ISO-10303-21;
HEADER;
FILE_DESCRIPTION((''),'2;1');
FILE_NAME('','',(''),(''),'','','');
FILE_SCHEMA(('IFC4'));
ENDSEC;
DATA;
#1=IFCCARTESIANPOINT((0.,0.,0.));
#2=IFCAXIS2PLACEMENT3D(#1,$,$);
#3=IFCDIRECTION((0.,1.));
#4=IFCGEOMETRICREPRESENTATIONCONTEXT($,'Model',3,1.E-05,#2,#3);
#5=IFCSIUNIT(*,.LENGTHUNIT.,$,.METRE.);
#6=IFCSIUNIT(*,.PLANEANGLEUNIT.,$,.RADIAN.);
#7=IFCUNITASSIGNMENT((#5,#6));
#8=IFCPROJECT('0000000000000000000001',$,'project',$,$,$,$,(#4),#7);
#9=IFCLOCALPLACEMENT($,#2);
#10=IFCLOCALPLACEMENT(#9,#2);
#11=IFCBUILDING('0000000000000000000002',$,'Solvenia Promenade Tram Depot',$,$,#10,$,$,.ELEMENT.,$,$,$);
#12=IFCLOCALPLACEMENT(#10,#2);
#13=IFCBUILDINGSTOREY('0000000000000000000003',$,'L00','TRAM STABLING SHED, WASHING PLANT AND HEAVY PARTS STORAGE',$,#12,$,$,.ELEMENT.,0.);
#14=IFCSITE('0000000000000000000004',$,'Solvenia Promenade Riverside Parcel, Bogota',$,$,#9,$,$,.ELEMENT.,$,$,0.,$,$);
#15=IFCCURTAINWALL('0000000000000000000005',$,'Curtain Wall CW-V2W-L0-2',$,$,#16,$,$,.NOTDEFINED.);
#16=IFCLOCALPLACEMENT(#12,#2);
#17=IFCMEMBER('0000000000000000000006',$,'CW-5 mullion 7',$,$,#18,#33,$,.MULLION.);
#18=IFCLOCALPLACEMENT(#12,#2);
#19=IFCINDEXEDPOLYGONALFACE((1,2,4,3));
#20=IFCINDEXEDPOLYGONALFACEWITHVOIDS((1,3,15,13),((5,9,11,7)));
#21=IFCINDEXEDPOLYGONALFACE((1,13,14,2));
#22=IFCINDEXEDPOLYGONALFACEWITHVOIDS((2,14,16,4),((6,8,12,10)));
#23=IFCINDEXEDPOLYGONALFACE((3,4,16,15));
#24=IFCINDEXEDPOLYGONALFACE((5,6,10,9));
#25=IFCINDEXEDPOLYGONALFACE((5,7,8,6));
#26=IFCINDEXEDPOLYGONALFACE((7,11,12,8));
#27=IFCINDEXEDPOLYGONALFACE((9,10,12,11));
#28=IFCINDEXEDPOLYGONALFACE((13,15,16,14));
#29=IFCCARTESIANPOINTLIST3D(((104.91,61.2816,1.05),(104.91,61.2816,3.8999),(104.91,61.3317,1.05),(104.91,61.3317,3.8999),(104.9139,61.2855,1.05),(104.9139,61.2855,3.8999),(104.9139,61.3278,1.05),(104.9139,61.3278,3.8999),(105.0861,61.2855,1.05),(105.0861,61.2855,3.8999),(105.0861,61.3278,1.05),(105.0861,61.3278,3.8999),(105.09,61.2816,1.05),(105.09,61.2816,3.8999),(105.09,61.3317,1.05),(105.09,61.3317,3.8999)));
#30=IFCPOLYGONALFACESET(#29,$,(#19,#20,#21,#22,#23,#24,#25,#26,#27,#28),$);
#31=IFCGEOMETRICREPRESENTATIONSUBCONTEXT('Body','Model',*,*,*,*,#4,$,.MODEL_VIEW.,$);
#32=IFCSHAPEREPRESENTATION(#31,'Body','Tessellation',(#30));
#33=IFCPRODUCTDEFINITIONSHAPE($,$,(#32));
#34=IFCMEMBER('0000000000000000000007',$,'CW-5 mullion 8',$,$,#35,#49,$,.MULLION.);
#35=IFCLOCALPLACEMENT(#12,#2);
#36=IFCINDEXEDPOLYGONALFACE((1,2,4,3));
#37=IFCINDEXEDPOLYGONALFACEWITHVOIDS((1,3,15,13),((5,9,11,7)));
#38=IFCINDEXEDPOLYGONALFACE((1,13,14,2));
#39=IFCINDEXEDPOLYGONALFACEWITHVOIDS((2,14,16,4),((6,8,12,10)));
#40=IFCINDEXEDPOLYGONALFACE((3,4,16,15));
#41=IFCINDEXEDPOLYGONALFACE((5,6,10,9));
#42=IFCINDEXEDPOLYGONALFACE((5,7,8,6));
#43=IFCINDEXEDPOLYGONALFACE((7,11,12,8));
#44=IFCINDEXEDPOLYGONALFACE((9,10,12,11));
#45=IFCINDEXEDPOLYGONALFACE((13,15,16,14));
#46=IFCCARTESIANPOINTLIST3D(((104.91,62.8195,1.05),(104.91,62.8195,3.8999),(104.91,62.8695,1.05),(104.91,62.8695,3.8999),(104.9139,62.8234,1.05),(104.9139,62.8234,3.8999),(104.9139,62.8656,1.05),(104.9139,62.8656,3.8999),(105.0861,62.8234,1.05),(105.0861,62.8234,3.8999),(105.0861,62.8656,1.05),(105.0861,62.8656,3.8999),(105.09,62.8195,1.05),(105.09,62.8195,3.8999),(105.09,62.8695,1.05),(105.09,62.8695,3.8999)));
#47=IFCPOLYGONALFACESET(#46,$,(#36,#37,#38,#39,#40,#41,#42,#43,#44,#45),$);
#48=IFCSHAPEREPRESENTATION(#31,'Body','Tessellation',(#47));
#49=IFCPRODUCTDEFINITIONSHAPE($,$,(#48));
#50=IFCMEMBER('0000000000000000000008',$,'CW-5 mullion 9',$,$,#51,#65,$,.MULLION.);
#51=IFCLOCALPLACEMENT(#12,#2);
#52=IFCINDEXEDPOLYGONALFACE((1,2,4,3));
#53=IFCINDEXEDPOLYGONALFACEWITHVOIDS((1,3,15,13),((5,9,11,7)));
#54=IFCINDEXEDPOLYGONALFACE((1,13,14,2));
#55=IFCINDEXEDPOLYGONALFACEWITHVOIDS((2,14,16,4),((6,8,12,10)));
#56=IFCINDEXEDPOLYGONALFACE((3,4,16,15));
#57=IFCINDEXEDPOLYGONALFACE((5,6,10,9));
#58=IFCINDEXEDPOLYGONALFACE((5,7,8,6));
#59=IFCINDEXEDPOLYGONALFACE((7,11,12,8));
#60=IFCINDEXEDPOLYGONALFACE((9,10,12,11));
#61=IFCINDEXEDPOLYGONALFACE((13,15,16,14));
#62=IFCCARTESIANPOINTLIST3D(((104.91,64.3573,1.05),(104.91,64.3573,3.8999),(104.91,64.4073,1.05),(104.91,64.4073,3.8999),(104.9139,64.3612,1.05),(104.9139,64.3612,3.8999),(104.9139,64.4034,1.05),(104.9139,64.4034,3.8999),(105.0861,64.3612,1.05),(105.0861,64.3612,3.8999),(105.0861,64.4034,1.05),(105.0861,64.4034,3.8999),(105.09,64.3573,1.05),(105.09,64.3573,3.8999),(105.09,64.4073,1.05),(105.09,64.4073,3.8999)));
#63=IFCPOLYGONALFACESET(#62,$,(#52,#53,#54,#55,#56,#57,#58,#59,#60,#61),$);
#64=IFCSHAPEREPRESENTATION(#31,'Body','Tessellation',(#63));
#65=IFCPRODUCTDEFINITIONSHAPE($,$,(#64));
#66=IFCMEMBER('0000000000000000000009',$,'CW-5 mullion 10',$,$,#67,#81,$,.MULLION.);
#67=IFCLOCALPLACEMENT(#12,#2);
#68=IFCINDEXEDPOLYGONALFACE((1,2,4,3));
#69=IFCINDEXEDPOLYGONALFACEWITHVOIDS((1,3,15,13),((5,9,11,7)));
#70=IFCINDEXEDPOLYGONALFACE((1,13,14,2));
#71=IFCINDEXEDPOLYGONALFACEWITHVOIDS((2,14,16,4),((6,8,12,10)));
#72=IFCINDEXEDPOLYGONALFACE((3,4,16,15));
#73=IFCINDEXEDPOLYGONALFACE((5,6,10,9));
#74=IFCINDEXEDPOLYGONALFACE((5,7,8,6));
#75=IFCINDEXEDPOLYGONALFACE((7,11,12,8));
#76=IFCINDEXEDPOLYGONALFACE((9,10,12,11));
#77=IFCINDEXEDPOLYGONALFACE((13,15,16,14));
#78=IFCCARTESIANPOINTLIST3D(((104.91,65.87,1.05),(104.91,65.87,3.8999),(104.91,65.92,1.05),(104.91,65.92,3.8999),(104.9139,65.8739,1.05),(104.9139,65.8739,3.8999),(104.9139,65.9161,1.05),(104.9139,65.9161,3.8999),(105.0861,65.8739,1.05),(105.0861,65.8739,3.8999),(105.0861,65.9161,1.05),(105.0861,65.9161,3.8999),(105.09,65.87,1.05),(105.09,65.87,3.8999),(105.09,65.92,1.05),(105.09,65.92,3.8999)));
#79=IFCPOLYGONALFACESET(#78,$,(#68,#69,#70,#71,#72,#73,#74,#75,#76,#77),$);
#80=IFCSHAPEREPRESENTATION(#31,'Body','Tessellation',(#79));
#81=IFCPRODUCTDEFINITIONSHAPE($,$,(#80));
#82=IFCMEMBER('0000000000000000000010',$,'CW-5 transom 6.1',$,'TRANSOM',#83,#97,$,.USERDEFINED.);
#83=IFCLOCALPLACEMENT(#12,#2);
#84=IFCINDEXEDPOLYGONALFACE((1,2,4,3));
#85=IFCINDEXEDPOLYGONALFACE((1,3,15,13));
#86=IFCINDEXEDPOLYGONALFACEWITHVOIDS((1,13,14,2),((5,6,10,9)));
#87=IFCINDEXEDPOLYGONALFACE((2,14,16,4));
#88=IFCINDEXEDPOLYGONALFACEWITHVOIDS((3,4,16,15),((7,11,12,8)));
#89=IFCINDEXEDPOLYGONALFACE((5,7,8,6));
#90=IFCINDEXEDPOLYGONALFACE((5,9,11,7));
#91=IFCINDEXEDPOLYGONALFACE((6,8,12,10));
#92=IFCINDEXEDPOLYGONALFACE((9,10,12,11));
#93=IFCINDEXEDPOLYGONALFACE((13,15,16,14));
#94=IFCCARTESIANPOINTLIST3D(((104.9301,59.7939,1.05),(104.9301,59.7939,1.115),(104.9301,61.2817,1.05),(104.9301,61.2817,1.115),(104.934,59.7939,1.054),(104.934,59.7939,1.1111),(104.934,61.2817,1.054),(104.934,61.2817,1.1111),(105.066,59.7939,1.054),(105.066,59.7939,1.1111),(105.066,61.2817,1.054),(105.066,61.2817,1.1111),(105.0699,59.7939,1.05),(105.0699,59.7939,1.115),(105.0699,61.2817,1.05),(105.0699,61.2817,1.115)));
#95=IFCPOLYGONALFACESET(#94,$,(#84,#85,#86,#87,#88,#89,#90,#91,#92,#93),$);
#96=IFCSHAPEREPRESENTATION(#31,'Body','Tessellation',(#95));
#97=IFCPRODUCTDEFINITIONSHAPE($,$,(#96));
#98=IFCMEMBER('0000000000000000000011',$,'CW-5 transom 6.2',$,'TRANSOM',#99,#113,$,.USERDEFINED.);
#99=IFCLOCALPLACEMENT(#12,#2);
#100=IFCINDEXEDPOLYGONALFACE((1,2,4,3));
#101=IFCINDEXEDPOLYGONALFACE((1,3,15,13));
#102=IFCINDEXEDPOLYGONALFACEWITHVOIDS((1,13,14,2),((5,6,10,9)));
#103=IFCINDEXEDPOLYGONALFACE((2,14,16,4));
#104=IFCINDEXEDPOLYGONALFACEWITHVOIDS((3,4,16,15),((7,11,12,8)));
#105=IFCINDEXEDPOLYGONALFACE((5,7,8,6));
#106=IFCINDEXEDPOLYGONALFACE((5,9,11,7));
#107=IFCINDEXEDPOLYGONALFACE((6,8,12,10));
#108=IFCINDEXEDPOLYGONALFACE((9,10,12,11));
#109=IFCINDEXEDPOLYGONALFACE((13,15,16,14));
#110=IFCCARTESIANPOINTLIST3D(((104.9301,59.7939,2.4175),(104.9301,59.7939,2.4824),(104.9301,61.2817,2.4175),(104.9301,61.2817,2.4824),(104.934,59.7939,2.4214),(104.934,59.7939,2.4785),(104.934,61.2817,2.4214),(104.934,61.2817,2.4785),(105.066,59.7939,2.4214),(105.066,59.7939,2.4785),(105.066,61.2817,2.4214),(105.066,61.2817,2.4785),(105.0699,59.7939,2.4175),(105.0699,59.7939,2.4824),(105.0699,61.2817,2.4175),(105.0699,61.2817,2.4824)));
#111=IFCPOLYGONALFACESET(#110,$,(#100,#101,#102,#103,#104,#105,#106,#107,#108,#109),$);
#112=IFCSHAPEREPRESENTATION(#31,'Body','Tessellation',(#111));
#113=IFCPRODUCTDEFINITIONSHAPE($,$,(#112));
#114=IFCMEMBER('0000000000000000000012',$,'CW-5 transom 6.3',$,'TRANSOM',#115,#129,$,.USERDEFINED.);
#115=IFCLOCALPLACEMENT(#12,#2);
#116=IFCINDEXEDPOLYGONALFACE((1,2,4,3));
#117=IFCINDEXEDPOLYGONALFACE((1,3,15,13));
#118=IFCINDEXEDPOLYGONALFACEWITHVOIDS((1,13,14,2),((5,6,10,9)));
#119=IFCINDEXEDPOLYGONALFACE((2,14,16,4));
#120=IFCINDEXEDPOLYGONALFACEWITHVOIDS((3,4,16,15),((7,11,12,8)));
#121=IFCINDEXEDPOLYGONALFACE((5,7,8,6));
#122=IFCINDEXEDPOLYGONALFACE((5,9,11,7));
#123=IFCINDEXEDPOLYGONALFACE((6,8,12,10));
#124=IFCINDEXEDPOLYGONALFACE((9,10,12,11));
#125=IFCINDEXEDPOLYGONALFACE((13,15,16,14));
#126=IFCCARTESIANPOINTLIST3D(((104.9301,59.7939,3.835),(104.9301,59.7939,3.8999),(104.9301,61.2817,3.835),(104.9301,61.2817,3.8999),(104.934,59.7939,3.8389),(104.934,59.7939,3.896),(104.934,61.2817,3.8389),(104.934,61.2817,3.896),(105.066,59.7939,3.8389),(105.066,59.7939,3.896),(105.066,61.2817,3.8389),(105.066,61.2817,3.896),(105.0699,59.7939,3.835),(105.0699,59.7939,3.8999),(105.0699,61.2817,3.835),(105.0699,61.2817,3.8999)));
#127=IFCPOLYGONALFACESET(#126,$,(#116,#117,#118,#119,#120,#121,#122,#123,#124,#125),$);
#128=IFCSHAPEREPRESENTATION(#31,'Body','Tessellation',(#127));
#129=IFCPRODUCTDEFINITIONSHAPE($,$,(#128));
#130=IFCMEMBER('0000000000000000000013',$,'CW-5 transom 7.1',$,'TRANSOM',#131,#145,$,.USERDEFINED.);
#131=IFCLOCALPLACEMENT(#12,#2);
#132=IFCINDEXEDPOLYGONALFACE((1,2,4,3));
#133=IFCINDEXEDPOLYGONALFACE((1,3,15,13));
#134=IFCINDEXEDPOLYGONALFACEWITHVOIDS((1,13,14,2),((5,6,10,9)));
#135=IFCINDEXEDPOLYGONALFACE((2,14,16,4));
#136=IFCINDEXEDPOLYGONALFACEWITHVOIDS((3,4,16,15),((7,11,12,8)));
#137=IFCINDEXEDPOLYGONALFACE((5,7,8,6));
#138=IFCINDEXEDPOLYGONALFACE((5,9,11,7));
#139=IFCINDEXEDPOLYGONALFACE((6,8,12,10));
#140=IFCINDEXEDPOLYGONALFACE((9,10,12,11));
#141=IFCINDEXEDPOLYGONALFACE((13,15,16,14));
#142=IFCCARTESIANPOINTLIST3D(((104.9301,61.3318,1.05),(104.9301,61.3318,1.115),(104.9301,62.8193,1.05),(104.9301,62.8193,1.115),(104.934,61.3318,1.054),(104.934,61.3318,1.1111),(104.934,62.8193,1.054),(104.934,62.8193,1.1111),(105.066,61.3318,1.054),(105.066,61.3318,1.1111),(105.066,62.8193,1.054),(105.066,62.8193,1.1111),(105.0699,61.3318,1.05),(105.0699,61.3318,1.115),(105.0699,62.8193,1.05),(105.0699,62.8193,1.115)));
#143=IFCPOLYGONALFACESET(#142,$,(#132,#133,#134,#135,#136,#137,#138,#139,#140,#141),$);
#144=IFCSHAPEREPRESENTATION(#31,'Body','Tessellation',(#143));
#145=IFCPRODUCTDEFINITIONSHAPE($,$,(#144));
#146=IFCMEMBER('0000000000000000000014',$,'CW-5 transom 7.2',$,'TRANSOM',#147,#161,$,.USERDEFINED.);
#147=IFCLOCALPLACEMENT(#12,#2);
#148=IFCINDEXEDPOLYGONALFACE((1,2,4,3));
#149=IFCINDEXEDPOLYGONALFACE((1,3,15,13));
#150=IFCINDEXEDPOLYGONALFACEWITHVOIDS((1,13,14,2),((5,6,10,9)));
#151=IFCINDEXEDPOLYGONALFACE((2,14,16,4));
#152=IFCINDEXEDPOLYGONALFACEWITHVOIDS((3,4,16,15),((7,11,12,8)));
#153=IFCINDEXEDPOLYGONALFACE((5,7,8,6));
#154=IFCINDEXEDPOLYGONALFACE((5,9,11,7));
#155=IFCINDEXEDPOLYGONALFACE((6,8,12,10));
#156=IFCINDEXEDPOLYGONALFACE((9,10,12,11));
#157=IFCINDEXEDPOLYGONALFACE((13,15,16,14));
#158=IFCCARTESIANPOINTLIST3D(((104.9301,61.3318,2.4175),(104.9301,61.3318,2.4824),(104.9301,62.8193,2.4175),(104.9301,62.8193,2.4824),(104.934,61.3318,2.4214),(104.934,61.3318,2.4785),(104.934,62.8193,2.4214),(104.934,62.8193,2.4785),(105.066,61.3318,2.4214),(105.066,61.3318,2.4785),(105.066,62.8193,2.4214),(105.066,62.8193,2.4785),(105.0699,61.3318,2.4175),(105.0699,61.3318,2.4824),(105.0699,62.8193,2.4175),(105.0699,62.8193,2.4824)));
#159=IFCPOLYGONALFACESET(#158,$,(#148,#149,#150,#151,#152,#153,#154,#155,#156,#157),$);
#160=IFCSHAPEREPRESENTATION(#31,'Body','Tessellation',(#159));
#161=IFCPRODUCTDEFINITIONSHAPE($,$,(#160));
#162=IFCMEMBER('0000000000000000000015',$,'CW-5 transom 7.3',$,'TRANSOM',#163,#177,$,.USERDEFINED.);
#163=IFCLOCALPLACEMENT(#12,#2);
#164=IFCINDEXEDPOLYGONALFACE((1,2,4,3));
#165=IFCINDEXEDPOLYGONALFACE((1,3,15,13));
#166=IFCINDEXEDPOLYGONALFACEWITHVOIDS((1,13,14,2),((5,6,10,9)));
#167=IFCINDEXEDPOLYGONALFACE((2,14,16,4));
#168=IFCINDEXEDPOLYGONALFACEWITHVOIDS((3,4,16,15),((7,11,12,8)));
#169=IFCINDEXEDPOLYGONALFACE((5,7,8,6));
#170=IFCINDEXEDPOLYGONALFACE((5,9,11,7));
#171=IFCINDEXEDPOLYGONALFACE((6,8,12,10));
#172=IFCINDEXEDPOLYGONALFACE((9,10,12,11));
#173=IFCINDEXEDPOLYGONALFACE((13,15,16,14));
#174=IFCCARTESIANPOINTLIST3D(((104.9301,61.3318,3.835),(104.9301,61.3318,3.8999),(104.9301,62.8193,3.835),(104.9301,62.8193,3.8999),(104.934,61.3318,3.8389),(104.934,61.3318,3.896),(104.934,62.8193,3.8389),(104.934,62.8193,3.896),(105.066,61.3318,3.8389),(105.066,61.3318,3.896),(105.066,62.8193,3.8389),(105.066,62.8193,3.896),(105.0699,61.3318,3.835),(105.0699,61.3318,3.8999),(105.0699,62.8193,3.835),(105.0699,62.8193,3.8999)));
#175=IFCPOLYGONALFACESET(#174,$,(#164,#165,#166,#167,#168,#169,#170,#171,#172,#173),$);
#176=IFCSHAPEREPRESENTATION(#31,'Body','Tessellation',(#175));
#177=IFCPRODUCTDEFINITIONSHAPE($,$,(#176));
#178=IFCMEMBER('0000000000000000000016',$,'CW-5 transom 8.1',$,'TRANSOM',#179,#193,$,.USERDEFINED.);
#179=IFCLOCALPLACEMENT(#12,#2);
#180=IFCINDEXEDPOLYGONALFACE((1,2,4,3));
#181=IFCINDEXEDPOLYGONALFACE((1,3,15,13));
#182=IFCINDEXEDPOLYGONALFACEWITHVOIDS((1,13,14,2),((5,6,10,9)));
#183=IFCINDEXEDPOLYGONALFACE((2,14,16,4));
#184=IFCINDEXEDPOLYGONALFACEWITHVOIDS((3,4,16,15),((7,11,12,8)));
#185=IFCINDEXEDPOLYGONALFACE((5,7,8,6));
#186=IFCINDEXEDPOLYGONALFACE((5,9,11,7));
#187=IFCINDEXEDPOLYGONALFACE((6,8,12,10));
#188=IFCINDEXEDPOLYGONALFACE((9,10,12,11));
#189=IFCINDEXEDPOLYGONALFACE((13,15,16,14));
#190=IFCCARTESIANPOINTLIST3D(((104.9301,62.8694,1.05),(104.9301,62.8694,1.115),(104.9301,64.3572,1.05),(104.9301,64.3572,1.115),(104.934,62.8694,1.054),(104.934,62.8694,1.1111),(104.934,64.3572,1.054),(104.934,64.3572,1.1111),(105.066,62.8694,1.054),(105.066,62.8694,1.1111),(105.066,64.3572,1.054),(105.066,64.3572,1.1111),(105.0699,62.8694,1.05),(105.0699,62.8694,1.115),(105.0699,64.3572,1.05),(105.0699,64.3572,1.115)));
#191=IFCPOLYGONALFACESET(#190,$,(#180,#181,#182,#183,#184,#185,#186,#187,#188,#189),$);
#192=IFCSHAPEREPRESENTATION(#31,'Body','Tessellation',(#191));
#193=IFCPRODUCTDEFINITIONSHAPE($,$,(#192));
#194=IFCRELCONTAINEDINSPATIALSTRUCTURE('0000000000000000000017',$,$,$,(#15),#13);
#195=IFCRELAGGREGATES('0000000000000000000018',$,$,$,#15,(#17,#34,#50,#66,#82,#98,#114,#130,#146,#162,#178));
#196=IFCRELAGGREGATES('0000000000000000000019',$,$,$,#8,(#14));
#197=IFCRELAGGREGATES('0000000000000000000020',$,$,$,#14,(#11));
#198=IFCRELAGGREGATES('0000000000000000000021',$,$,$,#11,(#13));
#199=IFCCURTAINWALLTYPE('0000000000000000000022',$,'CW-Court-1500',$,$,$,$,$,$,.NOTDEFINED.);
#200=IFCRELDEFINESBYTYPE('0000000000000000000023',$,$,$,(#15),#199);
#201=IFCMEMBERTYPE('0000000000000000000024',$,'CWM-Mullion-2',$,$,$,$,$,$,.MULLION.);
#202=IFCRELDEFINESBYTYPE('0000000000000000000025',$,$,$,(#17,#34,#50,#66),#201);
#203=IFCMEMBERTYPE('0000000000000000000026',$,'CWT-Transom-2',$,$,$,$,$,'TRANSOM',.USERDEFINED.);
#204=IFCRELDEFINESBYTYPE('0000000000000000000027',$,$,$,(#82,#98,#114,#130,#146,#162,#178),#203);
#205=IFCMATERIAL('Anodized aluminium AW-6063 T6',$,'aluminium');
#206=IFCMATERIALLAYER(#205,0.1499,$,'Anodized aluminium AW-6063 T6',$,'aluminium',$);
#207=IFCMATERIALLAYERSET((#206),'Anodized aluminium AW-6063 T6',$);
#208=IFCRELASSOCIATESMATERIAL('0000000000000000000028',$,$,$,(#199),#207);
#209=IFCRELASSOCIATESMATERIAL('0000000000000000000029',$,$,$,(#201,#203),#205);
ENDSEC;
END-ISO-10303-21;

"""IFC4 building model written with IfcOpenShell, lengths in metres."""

from ifc_helpers import new_model, si_unit, direction, frame, origin, origin_2d, place, context, subcontext, project, spatial, hollow_rectangle, extrude, material, layer, layer_set, material_profile, profile_set, type_object, element, aggregate, save


model = new_model("IFC4")

# Units and contexts
model_context = context("Model", 3, precision=1e-05, world=origin(), true_north=direction((0.0, 1.0)))
body_context = subcontext(model_context, "Body", "Model", "MODEL_VIEW")
ifc_project = project(units=[si_unit("LENGTHUNIT", "METRE"), si_unit("PLANEANGLEUNIT", "RADIAN")], contexts=[model_context])

# Site, building, storey
site_placement = place(None, origin())
site = spatial("IfcSite", under=ifc_project, at=site_placement, Name="Solvenia Promenade Riverside Parcel, Bogota", CompositionType="ELEMENT", RefElevation=0.0)
building_placement = place(site_placement, origin())
building = spatial("IfcBuilding", under=site, at=building_placement, Name="Solvenia Promenade Tram Depot", CompositionType="ELEMENT")
storey_placement = place(building_placement, origin())
storey = spatial("IfcBuildingStorey", under=building, at=storey_placement, Name="L00", Description="TRAM STABLING SHED, WASHING PLANT AND HEAVY PARTS STORAGE", CompositionType="ELEMENT", Elevation=0.0)

# Curtain wall, members
ifc_material_1 = material(Name="Anodized aluminium AW-6063 T6", Category="aluminium")
ifc_layer_1 = layer(ifc_material_1, 0.1499, Name="Anodized aluminium AW-6063 T6", Category="aluminium")
ifc_layer_set_1 = layer_set([ifc_layer_1], Name="Anodized aluminium AW-6063 T6")
curtain_wall_type = type_object("IfcCurtainWallType", Name="CW-Court-1500", PredefinedType="NOTDEFINED", material=ifc_layer_set_1)
curtain_wall_placement = place(storey_placement, origin())
curtain_wall = element("IfcCurtainWall", 1, at=curtain_wall_placement, inside=storey, type_object=curtain_wall_type, Name="Curtain Wall CW-V2W-L0-2", PredefinedType="NOTDEFINED")
ifc_material_profile_1 = material_profile(ifc_material_1, hollow_rectangle(XDim=0.1799, YDim=0.05, WallThickness=0.0039, at=origin_2d()), Name="ALU-M2", Category="aluminium")
ifc_profile_set_1 = profile_set([ifc_material_profile_1], Name="Anodized aluminium AW-6063 T6")
member_type_1 = type_object("IfcMemberType", Name="CWM-Mullion-2", PredefinedType="MULLION", material=ifc_profile_set_1)
member_1_placement = place(storey_placement, frame((105.0, 61.3066, 1.05), z_axis=(0.0, 0.0, 1.0), x_axis=(-1.0, 0.0, 0.0)))
member_1 = element("IfcMember", 2, at=member_1_placement, type_object=member_type_1, Name="CW-5 mullion 7", PredefinedType="MULLION", context=body_context, shape_type="SweptSolid", body=[
    extrude(hollow_rectangle(XDim=0.1799, YDim=0.05, WallThickness=0.0039, at=origin_2d()), origin(), (0.0, 0.0, 1.0), 2.8499),
])
member_2_placement = place(storey_placement, frame((105.0, 62.8445, 1.05), z_axis=(0.0, 0.0, 1.0), x_axis=(-1.0, 0.0, 0.0)))
member_2 = element("IfcMember", 3, at=member_2_placement, type_object=member_type_1, Name="CW-5 mullion 8", PredefinedType="MULLION", context=body_context, shape_type="SweptSolid", body=[
    extrude(hollow_rectangle(XDim=0.1799, YDim=0.05, WallThickness=0.0039, at=origin_2d()), origin(), (0.0, 0.0, 1.0), 2.8499),
])
member_3_placement = place(storey_placement, frame((105.0, 64.3823, 1.05), z_axis=(0.0, 0.0, 1.0), x_axis=(-1.0, 0.0, 0.0)))
member_3 = element("IfcMember", 4, at=member_3_placement, type_object=member_type_1, Name="CW-5 mullion 9", PredefinedType="MULLION", context=body_context, shape_type="SweptSolid", body=[
    extrude(hollow_rectangle(XDim=0.1799, YDim=0.05, WallThickness=0.0039, at=origin_2d()), origin(), (0.0, 0.0, 1.0), 2.8499),
])
member_4_placement = place(storey_placement, frame((105.0, 65.895, 1.05), z_axis=(0.0, 0.0, 1.0), x_axis=(-1.0, 0.0, 0.0)))
member_4 = element("IfcMember", 5, at=member_4_placement, type_object=member_type_1, Name="CW-5 mullion 10", PredefinedType="MULLION", context=body_context, shape_type="SweptSolid", body=[
    extrude(hollow_rectangle(XDim=0.1799, YDim=0.05, WallThickness=0.0039, at=origin_2d()), origin(), (0.0, 0.0, 1.0), 2.8499),
])
ifc_material_profile_2 = material_profile(ifc_material_1, hollow_rectangle(XDim=0.1399, YDim=0.0649, WallThickness=0.0039, at=origin_2d()), Name="ALU-T2", Category="aluminium")
ifc_profile_set_2 = profile_set([ifc_material_profile_2], Name="Anodized aluminium AW-6063 T6")
member_type_2 = type_object("IfcMemberType", Name="CWT-Transom-2", ElementType="TRANSOM", PredefinedType="USERDEFINED", material=ifc_profile_set_2)
member_5_placement = place(storey_placement, frame((105.0, 59.7939, 1.0825), z_axis=(0.0, 1.0, 0.0), x_axis=(-1.0, 0.0, 0.0)))
member_5 = element("IfcMember", 6, at=member_5_placement, type_object=member_type_2, Name="CW-5 transom 6.1", ObjectType="TRANSOM", PredefinedType="USERDEFINED", context=body_context, shape_type="SweptSolid", body=[
    extrude(hollow_rectangle(XDim=0.1399, YDim=0.0649, WallThickness=0.0039, at=origin_2d()), origin(), (0.0, 0.0, 1.0), 1.4878),
])
member_6_placement = place(storey_placement, frame((105.0, 59.7939, 2.45), z_axis=(0.0, 1.0, 0.0), x_axis=(-1.0, 0.0, 0.0)))
member_6 = element("IfcMember", 7, at=member_6_placement, type_object=member_type_2, Name="CW-5 transom 6.2", ObjectType="TRANSOM", PredefinedType="USERDEFINED", context=body_context, shape_type="SweptSolid", body=[
    extrude(hollow_rectangle(XDim=0.1399, YDim=0.0649, WallThickness=0.0039, at=origin_2d()), origin(), (0.0, 0.0, 1.0), 1.4878),
])
member_7_placement = place(storey_placement, frame((105.0, 59.7939, 3.8674), z_axis=(0.0, 1.0, 0.0), x_axis=(-1.0, 0.0, 0.0)))
member_7 = element("IfcMember", 8, at=member_7_placement, type_object=member_type_2, Name="CW-5 transom 6.3", ObjectType="TRANSOM", PredefinedType="USERDEFINED", context=body_context, shape_type="SweptSolid", body=[
    extrude(hollow_rectangle(XDim=0.1399, YDim=0.0649, WallThickness=0.0039, at=origin_2d()), origin(), (0.0, 0.0, 1.0), 1.4878),
])
member_8_placement = place(storey_placement, frame((105.0, 61.3318, 1.0825), z_axis=(0.0, 1.0, 0.0), x_axis=(-1.0, 0.0, 0.0)))
member_8 = element("IfcMember", 9, at=member_8_placement, type_object=member_type_2, Name="CW-5 transom 7.1", ObjectType="TRANSOM", PredefinedType="USERDEFINED", context=body_context, shape_type="SweptSolid", body=[
    extrude(hollow_rectangle(XDim=0.1399, YDim=0.0649, WallThickness=0.0039, at=origin_2d()), origin(), (0.0, 0.0, 1.0), 1.4875),
])
member_9_placement = place(storey_placement, frame((105.0, 61.3318, 2.45), z_axis=(0.0, 1.0, 0.0), x_axis=(-1.0, 0.0, 0.0)))
member_9 = element("IfcMember", 10, at=member_9_placement, type_object=member_type_2, Name="CW-5 transom 7.2", ObjectType="TRANSOM", PredefinedType="USERDEFINED", context=body_context, shape_type="SweptSolid", body=[
    extrude(hollow_rectangle(XDim=0.1399, YDim=0.0649, WallThickness=0.0039, at=origin_2d()), origin(), (0.0, 0.0, 1.0), 1.4875),
])
member_10_placement = place(storey_placement, frame((105.0, 61.3318, 3.8674), z_axis=(0.0, 1.0, 0.0), x_axis=(-1.0, 0.0, 0.0)))
member_10 = element("IfcMember", 11, at=member_10_placement, type_object=member_type_2, Name="CW-5 transom 7.3", ObjectType="TRANSOM", PredefinedType="USERDEFINED", context=body_context, shape_type="SweptSolid", body=[
    extrude(hollow_rectangle(XDim=0.1399, YDim=0.0649, WallThickness=0.0039, at=origin_2d()), origin(), (0.0, 0.0, 1.0), 1.4875),
])
member_11_placement = place(storey_placement, frame((105.0, 62.8694, 1.0825), z_axis=(0.0, 1.0, 0.0), x_axis=(-1.0, 0.0, 0.0)))
member_11 = element("IfcMember", 12, at=member_11_placement, type_object=member_type_2, Name="CW-5 transom 8.1", ObjectType="TRANSOM", PredefinedType="USERDEFINED", context=body_context, shape_type="SweptSolid", body=[
    extrude(hollow_rectangle(XDim=0.1399, YDim=0.0649, WallThickness=0.0039, at=origin_2d()), origin(), (0.0, 0.0, 1.0), 1.4878),
])
aggregate(curtain_wall, [member_1, member_2, member_3, member_4, member_5, member_6, member_7, member_8, member_9, member_10, member_11])

save(model, "model.ifc")
